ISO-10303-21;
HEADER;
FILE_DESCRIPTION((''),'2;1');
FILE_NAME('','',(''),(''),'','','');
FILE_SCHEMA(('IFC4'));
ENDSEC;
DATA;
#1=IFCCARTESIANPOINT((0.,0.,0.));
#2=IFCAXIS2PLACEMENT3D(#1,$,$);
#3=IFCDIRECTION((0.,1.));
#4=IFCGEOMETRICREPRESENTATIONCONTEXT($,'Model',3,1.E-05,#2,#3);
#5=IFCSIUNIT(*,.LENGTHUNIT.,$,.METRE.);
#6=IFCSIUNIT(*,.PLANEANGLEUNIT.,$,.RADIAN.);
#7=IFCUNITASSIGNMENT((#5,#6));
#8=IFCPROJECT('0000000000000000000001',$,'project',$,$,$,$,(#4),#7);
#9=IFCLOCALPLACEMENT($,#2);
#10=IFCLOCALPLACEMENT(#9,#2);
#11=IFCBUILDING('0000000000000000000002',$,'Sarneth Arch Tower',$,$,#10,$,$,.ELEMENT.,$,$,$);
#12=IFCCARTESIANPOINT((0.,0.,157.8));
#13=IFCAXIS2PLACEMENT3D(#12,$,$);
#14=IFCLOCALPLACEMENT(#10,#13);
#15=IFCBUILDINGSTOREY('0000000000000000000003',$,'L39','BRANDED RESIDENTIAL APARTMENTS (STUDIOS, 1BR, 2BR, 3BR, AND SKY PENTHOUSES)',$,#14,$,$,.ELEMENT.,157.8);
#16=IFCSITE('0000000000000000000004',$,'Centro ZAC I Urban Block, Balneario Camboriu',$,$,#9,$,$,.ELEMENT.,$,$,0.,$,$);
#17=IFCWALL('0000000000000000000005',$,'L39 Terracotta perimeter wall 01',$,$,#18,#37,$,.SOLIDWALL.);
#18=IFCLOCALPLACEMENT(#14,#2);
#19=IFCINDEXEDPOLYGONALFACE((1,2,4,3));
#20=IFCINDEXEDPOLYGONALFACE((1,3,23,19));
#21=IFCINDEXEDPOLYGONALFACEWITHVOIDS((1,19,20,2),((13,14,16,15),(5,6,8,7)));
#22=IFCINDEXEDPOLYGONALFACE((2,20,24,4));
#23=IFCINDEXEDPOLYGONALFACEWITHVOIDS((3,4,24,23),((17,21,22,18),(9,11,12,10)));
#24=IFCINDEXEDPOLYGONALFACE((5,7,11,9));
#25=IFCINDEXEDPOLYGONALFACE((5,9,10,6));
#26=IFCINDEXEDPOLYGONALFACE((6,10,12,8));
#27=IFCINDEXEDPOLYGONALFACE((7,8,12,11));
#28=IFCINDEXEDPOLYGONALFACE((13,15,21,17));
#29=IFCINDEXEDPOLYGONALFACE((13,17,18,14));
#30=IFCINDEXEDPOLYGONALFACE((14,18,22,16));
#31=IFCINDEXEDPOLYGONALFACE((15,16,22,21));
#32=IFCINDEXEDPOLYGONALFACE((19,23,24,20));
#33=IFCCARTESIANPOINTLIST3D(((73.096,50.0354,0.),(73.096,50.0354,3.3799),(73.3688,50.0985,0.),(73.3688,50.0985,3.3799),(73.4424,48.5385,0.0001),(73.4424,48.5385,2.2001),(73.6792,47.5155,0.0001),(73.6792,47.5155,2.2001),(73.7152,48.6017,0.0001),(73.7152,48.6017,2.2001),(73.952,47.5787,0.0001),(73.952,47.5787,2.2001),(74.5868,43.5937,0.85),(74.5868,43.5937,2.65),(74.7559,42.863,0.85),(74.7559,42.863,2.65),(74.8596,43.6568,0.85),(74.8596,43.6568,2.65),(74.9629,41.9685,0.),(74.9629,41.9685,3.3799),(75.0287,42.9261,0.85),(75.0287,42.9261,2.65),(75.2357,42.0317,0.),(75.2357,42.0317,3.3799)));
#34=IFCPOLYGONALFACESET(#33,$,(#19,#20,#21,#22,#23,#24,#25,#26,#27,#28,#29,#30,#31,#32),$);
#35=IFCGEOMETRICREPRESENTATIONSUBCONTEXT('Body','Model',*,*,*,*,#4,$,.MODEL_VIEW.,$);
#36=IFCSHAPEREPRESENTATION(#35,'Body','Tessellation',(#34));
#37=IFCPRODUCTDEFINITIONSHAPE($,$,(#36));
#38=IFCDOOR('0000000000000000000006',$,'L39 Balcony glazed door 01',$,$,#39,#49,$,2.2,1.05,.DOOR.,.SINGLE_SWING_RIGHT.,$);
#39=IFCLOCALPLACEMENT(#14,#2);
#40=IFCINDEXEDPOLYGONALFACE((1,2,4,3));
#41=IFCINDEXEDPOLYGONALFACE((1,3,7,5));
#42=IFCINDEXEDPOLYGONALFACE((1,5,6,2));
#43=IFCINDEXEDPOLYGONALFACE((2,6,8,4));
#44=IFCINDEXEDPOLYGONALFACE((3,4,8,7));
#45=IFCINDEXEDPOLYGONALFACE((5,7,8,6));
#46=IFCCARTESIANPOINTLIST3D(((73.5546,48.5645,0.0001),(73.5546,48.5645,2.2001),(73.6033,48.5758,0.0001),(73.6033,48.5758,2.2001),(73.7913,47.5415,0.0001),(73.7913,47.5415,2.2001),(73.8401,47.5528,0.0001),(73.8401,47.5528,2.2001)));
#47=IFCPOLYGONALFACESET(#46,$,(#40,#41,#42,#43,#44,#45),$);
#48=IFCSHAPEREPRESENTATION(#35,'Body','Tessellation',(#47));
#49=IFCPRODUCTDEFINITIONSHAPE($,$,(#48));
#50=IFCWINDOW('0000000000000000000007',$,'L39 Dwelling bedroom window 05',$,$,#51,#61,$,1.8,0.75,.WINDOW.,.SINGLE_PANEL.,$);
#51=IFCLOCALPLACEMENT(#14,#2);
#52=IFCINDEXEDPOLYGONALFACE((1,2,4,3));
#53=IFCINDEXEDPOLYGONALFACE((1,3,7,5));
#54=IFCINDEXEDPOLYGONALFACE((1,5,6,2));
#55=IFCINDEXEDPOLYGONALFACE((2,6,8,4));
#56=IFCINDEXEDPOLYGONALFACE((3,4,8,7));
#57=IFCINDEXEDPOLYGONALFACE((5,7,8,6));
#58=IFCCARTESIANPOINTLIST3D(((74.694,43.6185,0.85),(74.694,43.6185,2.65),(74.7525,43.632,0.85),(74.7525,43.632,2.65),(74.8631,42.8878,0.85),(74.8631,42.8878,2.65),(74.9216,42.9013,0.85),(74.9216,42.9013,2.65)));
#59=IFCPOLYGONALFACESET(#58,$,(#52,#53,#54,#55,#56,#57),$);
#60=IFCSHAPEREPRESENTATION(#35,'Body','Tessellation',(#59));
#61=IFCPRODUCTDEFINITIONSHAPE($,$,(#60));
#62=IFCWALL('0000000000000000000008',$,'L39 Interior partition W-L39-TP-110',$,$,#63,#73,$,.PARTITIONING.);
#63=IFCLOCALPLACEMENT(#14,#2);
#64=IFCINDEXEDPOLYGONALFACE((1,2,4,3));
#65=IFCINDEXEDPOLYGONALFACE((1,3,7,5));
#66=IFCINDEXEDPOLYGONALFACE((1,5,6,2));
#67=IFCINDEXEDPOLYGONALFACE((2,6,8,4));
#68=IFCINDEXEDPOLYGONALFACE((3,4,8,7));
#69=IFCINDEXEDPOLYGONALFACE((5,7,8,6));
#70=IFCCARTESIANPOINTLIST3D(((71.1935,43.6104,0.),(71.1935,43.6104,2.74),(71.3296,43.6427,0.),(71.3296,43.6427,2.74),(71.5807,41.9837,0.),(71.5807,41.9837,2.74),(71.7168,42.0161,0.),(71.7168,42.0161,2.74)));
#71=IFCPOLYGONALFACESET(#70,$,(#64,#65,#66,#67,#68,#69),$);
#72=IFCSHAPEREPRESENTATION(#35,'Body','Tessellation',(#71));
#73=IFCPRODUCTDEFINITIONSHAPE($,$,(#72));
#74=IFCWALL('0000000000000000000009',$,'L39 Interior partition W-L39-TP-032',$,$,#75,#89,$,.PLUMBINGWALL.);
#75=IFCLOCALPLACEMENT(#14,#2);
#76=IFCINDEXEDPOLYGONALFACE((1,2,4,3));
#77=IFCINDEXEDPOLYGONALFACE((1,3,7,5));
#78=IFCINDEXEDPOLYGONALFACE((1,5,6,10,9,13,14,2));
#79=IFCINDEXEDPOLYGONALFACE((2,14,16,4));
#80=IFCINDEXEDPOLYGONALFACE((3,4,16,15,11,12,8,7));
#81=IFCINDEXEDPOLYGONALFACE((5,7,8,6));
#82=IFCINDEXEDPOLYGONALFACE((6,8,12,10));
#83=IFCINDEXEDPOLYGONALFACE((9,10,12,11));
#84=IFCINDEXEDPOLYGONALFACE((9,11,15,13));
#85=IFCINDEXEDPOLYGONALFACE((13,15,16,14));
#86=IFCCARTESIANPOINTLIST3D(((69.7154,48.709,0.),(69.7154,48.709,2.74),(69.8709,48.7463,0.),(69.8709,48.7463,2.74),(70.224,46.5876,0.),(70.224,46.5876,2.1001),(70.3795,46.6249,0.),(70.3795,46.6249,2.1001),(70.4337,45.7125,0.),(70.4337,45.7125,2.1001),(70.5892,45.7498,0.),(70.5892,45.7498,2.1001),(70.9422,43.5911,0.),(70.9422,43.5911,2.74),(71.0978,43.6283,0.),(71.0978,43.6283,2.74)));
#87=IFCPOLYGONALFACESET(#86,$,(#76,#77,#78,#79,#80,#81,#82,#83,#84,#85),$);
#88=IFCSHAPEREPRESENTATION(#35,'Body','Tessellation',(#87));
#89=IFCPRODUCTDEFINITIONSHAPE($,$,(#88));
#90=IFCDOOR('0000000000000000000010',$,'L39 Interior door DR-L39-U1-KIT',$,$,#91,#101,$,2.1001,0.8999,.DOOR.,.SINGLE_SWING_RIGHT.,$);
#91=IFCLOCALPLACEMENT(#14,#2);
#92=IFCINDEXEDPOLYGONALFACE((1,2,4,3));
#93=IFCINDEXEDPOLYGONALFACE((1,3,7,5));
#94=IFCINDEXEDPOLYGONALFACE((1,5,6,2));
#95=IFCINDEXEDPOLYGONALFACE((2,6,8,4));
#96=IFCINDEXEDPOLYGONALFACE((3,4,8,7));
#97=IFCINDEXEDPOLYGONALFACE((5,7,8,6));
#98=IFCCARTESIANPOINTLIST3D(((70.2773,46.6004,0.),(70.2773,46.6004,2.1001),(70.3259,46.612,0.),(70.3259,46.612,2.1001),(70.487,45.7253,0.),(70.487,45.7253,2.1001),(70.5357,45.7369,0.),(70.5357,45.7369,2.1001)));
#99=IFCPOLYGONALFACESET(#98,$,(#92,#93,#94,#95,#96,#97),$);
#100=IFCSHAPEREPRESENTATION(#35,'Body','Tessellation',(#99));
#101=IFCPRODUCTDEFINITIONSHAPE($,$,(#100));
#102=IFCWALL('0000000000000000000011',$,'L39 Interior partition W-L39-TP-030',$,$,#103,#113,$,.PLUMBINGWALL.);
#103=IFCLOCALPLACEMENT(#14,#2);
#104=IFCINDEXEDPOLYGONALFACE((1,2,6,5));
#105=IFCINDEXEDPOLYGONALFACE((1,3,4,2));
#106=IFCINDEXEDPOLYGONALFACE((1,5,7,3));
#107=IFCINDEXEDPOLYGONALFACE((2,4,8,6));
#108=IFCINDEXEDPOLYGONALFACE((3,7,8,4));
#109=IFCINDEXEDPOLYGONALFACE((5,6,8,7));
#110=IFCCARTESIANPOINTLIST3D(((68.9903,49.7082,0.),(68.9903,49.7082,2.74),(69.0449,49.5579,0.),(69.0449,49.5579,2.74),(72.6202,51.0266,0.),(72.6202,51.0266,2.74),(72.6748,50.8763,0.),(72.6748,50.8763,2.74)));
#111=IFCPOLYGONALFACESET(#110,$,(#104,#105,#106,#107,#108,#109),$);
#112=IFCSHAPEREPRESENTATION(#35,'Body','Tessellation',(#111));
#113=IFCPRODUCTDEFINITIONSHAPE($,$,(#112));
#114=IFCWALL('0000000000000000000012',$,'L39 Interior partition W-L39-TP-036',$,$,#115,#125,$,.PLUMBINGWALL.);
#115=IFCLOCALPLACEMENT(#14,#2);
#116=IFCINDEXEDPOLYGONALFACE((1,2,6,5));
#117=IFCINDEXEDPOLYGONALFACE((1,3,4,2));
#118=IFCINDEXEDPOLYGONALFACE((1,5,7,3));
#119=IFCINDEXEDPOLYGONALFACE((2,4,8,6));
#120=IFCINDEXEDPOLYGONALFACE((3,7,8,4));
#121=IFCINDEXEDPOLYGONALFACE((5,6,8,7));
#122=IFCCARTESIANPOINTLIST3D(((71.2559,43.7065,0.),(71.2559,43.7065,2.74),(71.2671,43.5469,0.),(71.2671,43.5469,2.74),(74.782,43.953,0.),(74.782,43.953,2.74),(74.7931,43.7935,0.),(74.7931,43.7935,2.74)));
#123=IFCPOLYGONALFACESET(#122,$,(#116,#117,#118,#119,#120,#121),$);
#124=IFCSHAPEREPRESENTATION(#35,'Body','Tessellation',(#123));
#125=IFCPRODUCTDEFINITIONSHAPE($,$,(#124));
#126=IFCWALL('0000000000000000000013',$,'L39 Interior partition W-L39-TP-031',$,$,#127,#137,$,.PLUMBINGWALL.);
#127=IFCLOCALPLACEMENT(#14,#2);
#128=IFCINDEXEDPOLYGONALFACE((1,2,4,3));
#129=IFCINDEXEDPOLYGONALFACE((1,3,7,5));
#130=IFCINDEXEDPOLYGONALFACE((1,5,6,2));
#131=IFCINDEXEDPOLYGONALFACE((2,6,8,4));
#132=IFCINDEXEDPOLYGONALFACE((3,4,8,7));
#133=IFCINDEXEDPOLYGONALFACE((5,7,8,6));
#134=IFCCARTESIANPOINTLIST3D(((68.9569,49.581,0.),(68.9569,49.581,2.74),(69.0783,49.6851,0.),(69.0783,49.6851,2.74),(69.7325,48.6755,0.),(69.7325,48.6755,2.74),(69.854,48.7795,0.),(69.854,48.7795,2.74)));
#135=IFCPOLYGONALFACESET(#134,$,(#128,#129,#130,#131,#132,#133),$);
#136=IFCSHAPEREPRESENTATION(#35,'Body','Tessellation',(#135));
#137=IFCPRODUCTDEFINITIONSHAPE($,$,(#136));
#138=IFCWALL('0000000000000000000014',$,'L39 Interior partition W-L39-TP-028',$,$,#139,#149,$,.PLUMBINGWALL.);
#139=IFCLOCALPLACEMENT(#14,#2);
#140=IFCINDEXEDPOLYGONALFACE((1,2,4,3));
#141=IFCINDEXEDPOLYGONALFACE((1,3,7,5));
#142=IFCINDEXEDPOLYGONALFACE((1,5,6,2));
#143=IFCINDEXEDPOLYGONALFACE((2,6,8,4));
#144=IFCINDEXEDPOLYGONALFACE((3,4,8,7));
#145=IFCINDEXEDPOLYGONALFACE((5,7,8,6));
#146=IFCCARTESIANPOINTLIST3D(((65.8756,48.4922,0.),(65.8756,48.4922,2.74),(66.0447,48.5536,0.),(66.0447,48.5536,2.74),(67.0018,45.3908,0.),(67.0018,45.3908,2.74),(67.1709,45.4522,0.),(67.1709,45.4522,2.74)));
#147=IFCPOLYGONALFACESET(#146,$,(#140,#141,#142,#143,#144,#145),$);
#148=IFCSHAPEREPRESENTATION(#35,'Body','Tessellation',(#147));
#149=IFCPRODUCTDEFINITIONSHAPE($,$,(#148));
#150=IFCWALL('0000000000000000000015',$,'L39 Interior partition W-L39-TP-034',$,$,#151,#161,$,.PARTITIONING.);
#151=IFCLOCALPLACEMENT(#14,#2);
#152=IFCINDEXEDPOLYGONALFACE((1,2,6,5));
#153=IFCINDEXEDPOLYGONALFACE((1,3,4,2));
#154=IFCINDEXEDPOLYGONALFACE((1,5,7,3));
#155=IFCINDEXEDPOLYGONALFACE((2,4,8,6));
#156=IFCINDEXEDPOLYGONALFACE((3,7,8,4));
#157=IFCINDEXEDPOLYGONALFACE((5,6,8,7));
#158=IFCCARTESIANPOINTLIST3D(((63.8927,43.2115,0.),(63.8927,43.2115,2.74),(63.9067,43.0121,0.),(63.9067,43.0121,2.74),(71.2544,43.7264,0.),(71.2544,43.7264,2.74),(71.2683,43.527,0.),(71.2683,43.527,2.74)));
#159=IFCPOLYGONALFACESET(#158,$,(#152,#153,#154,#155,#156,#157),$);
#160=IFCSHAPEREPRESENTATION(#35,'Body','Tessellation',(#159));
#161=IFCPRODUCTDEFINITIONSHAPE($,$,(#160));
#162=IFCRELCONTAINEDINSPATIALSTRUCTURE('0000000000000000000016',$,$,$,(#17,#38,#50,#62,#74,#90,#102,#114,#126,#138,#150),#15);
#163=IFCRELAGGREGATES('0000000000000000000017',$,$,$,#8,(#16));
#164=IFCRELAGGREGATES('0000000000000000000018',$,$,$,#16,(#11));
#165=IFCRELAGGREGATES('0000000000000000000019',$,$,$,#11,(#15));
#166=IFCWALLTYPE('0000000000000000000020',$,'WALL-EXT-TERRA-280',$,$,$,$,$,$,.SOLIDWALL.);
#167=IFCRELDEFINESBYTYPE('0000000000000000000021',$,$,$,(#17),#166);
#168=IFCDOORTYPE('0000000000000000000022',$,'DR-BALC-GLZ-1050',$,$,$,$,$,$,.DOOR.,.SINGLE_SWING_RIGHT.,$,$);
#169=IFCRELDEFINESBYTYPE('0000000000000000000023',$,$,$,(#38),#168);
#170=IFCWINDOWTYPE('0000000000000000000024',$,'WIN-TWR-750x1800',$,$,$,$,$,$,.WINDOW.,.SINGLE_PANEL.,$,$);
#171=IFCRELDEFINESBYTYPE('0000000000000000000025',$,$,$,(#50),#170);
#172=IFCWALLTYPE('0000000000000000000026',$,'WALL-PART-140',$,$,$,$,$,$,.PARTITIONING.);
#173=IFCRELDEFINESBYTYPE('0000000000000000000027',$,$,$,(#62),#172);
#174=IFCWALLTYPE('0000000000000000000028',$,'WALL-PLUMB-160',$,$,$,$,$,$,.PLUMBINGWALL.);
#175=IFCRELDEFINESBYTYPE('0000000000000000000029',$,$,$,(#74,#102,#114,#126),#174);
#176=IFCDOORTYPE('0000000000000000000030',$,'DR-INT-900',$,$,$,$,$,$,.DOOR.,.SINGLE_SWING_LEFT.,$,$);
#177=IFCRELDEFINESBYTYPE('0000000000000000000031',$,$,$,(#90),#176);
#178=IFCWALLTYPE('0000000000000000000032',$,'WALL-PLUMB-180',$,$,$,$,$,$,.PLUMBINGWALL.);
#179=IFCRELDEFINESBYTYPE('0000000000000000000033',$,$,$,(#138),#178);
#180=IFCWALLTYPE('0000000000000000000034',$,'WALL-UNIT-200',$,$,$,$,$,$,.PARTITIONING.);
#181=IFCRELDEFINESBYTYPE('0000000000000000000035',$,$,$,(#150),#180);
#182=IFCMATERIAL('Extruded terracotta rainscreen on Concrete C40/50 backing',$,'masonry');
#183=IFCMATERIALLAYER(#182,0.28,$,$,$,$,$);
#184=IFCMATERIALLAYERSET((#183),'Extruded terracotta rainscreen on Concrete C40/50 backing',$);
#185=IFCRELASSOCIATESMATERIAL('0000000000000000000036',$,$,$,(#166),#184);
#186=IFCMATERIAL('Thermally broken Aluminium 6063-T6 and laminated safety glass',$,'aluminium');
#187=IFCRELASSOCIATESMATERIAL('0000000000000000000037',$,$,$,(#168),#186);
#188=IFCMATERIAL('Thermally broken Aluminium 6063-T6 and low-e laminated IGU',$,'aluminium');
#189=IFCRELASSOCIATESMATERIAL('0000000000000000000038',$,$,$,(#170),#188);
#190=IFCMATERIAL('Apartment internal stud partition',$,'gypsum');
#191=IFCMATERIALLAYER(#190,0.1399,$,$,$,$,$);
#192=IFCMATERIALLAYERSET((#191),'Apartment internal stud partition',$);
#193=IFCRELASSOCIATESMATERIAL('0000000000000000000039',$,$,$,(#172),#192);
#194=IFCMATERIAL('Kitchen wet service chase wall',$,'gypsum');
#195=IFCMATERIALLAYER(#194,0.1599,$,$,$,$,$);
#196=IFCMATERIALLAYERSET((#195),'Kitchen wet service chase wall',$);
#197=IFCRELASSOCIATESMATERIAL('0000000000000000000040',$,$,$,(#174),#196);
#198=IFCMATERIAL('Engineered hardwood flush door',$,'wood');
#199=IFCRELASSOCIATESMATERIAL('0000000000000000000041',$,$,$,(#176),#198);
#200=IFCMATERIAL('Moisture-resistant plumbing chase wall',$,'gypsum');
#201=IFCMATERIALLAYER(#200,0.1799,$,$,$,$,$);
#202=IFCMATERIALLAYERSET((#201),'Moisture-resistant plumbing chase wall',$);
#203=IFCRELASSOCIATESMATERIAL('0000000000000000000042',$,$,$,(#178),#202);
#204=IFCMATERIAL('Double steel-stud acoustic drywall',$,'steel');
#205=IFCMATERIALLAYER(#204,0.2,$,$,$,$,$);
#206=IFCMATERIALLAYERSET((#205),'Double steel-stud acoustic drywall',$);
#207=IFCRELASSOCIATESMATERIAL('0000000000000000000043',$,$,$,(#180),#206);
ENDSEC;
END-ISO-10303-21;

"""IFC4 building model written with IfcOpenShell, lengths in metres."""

from ifc_helpers import new_model, si_unit, direction, frame, frame_2d, origin, place, context, subcontext, project, spatial, rectangle, extrude, material, layer, layer_set, type_object, element, fill, save


model = new_model("IFC4")

# Units and contexts
model_context = context("Model", 3, precision=1e-05, world=origin(), true_north=direction((0.0, 1.0)))
body_context = subcontext(model_context, "Body", "Model", "MODEL_VIEW")
ifc_project = project(units=[si_unit("LENGTHUNIT", "METRE"), si_unit("PLANEANGLEUNIT", "RADIAN")], contexts=[model_context])

# Site, building, storey
site_placement = place(None, origin())
site = spatial("IfcSite", under=ifc_project, at=site_placement, Name="Centro ZAC I Urban Block, Balneario Camboriu", CompositionType="ELEMENT", RefElevation=0.0)
building_placement = place(site_placement, origin())
building = spatial("IfcBuilding", under=site, at=building_placement, Name="Sarneth Arch Tower", CompositionType="ELEMENT")
storey_placement = place(building_placement, frame((0.0, 0.0, 157.8)))
storey = spatial("IfcBuildingStorey", under=building, at=storey_placement, Name="L39", Description="BRANDED RESIDENTIAL APARTMENTS (STUDIOS, 1BR, 2BR, 3BR, AND SKY PENTHOUSES)", CompositionType="ELEMENT", Elevation=157.8)

# Wall, openings, door, window
ifc_material_1 = material(Name="Extruded terracotta rainscreen on Concrete C40/50 backing", Category="masonry")
ifc_layer_1 = layer(ifc_material_1, 0.28)
ifc_layer_set_1 = layer_set([ifc_layer_1], Name="Extruded terracotta rainscreen on Concrete C40/50 backing")
wall_type_1 = type_object("IfcWallType", Name="WALL-EXT-TERRA-280", PredefinedType="SOLIDWALL", material=ifc_layer_set_1)
wall_1_placement = place(storey_placement, frame((75.0994, 42.0, 0.0), z_axis=(0.0, 0.0, 1.0), x_axis=(-0.225473, 0.974249, 0.0)))
wall_1 = element("IfcWall", 1, at=wall_1_placement, inside=storey, type_object=wall_type_1, Name="L39 Terracotta perimeter wall 01", PredefinedType="SOLIDWALL", context=body_context, shape_type="SweptSolid", body=[
    extrude(rectangle(XDim=8.28, YDim=0.28, at=frame_2d((4.1401, 0.0))), origin(), (0.0, 0.0, 1.0), 3.3799),
])
opening_1_placement = place(wall_1_placement, frame((5.6938, 0.0, 0.0)))
opening_1 = element("IfcOpeningElement", 2, at=opening_1_placement, cuts=wall_1, PredefinedType="OPENING", context=body_context, shape_type="SweptSolid", body=[
    extrude(rectangle(XDim=1.05, YDim=2.2, at=frame_2d((0.5249, 1.1001))), frame((0.0, 0.1499, 0.0), z_axis=(0.0, -1.0, 0.0), x_axis=(1.0, 0.0, 0.0)), (0.0, 0.0, 1.0), 0.3),
])
opening_2_placement = place(wall_1_placement, frame((0.9182, 0.0, 0.8501)))
opening_2 = element("IfcOpeningElement", 3, at=opening_2_placement, cuts=wall_1, PredefinedType="OPENING", context=body_context, shape_type="SweptSolid", body=[
    extrude(rectangle(XDim=0.75, YDim=1.8, at=frame_2d((0.375, 0.8999))), frame((0.0, 0.1499, 0.0), z_axis=(0.0, -1.0, 0.0), x_axis=(1.0, 0.0, 0.0)), (0.0, 0.0, 1.0), 0.3),
])
ifc_material_2 = material(Name="Thermally broken Aluminium 6063-T6 and laminated safety glass", Category="aluminium")
door_type_1 = type_object("IfcDoorType", Name="DR-BALC-GLZ-1050", OperationType="SINGLE_SWING_RIGHT", PredefinedType="DOOR", material=ifc_material_2)
door_1_placement = place(opening_1_placement, origin())
door_1 = element("IfcDoor", 4, at=door_1_placement, inside=storey, type_object=door_type_1, Name="L39 Balcony glazed door 01", OperationType="SINGLE_SWING_RIGHT", OverallHeight=2.2, OverallWidth=1.05, PredefinedType="DOOR", context=body_context, shape_type="SweptSolid", body=[
    extrude(rectangle(XDim=1.05, YDim=2.2, at=frame_2d((0.5249, 1.1001))), frame((0.0, 0.0249, 0.0), z_axis=(0.0, -1.0, 0.0), x_axis=(1.0, 0.0, 0.0)), (0.0, 0.0, 1.0), 0.05),
])
fill(opening_1, door_1)
ifc_material_3 = material(Name="Thermally broken Aluminium 6063-T6 and low-e laminated IGU", Category="aluminium")
window_type = type_object("IfcWindowType", Name="WIN-TWR-750x1800", PartitioningType="SINGLE_PANEL", PredefinedType="WINDOW", material=ifc_material_3)
window_placement = place(opening_2_placement, origin())
window = element("IfcWindow", 5, at=window_placement, inside=storey, type_object=window_type, Name="L39 Dwelling bedroom window 05", OverallHeight=1.8, OverallWidth=0.75, PartitioningType="SINGLE_PANEL", PredefinedType="WINDOW", context=body_context, shape_type="SweptSolid", body=[
    extrude(rectangle(XDim=0.75, YDim=1.8, at=frame_2d((0.375, 0.8999))), frame((0.0, 0.03, 0.0), z_axis=(0.0, -1.0, 0.0), x_axis=(1.0, 0.0, 0.0)), (0.0, 0.0, 1.0), 0.0601),
])
fill(opening_2, window)

# Wall
ifc_material_4 = material(Name="Apartment internal stud partition", Category="gypsum")
ifc_layer_2 = layer(ifc_material_4, 0.1399)
ifc_layer_set_2 = layer_set([ifc_layer_2], Name="Apartment internal stud partition")
wall_type_2 = type_object("IfcWallType", Name="WALL-PART-140", PredefinedType="PARTITIONING", material=ifc_layer_set_2)
wall_2_placement = place(storey_placement, frame((71.6487, 42.0, 0.0), z_axis=(0.0, 0.0, 1.0), x_axis=(-0.231561, 0.97282, 0.0)))
element("IfcWall", 6, at=wall_2_placement, inside=storey, type_object=wall_type_2, Name="L39 Interior partition W-L39-TP-110", PredefinedType="PARTITIONING", context=body_context, shape_type="SweptSolid", body=[
    extrude(rectangle(XDim=1.6721, YDim=0.1399, at=frame_2d((0.8359, 0.0))), origin(), (0.0, 0.0, 1.0), 2.74),
])

# Wall, opening, door
ifc_material_5 = material(Name="Kitchen wet service chase wall", Category="gypsum")
ifc_layer_3 = layer(ifc_material_5, 0.1599)
ifc_layer_set_3 = layer_set([ifc_layer_3], Name="Kitchen wet service chase wall")
wall_type_3 = type_object("IfcWallType", Name="WALL-PLUMB-160", PredefinedType="PLUMBINGWALL", material=ifc_layer_set_3)
wall_3_placement = place(storey_placement, frame((69.7932, 48.7275, 0.0), z_axis=(0.0, 0.0, 1.0), x_axis=(0.233105, -0.972452, 0.0)))
wall_3 = element("IfcWall", 7, at=wall_3_placement, inside=storey, type_object=wall_type_3, Name="L39 Interior partition W-L39-TP-032", PredefinedType="PLUMBINGWALL", context=body_context, shape_type="SweptSolid", body=[
    extrude(rectangle(XDim=5.2629, YDim=0.1599, at=frame_2d((2.6313, 0.0))), origin(), (0.0, 0.0, 1.0), 2.74),
])
opening_3_placement = place(wall_3_placement, frame((2.1814, 0.0, 0.0)))
opening_3 = element("IfcOpeningElement", 8, at=opening_3_placement, cuts=wall_3, PredefinedType="OPENING", context=body_context, shape_type="SweptSolid", body=[
    extrude(rectangle(XDim=0.8999, YDim=2.1001, at=frame_2d((0.45, 1.05))), frame((0.0, 0.0898, 0.0), z_axis=(0.0, -1.0, 0.0), x_axis=(1.0, 0.0, 0.0)), (0.0, 0.0, 1.0), 0.1799),
])
ifc_material_6 = material(Name="Engineered hardwood flush door", Category="wood")
door_type_2 = type_object("IfcDoorType", Name="DR-INT-900", OperationType="SINGLE_SWING_LEFT", PredefinedType="DOOR", material=ifc_material_6)
door_2_placement = place(opening_3_placement, origin())
door_2 = element("IfcDoor", 9, at=door_2_placement, inside=storey, type_object=door_type_2, Name="L39 Interior door DR-L39-U1-KIT", OperationType="SINGLE_SWING_RIGHT", OverallHeight=2.1001, OverallWidth=0.8999, PredefinedType="DOOR", context=body_context, shape_type="SweptSolid", body=[
    extrude(rectangle(XDim=0.8999, YDim=2.1001, at=frame_2d((0.45, 1.05))), frame((0.0, 0.0249, 0.0), z_axis=(0.0, -1.0, 0.0), x_axis=(1.0, 0.0, 0.0)), (0.0, 0.0, 1.0), 0.05),
])
fill(opening_3, door_2)

# Walls
wall_4_placement = place(storey_placement, frame((72.6475, 50.9514, 0.0), z_axis=(0.0, 0.0, 1.0), x_axis=(-0.939926, -0.341378, 0.0)))
element("IfcWall", 10, at=wall_4_placement, inside=storey, type_object=wall_type_3, Name="L39 Interior partition W-L39-TP-030", PredefinedType="PLUMBINGWALL", context=body_context, shape_type="SweptSolid", body=[
    extrude(rectangle(XDim=3.8618, YDim=0.1599, at=frame_2d((1.9309, 0.0))), origin(), (0.0, 0.0, 1.0), 2.74),
])
wall_5_placement = place(storey_placement, frame((71.2615, 43.6267, 0.0), z_axis=(0.0, 0.0, 1.0), x_axis=(0.997564, 0.06976, 0.0)))
element("IfcWall", 11, at=wall_5_placement, inside=storey, type_object=wall_type_3, Name="L39 Interior partition W-L39-TP-036", PredefinedType="PLUMBINGWALL", context=body_context, shape_type="SweptSolid", body=[
    extrude(rectangle(XDim=3.5347, YDim=0.1599, at=frame_2d((1.7673, 0.0))), origin(), (0.0, 0.0, 1.0), 2.74),
])
wall_6_placement = place(storey_placement, frame((69.0176, 49.6331, 0.0), z_axis=(0.0, 0.0, 1.0), x_axis=(0.650538, -0.759473, 0.0)))
element("IfcWall", 12, at=wall_6_placement, inside=storey, type_object=wall_type_3, Name="L39 Interior partition W-L39-TP-031", PredefinedType="PLUMBINGWALL", context=body_context, shape_type="SweptSolid", body=[
    extrude(rectangle(XDim=1.1924, YDim=0.1599, at=frame_2d((0.5962, 0.0))), origin(), (0.0, 0.0, 1.0), 2.74),
])
ifc_material_7 = material(Name="Moisture-resistant plumbing chase wall", Category="gypsum")
ifc_layer_4 = layer(ifc_material_7, 0.1799)
ifc_layer_set_4 = layer_set([ifc_layer_4], Name="Moisture-resistant plumbing chase wall")
wall_type_4 = type_object("IfcWallType", Name="WALL-PLUMB-180", PredefinedType="PLUMBINGWALL", material=ifc_layer_set_4)
wall_7_placement = place(storey_placement, frame((67.0864, 45.4214, 0.0), z_axis=(0.0, 0.0, 1.0), x_axis=(-0.341333, 0.939942, 0.0)))
element("IfcWall", 13, at=wall_7_placement, inside=storey, type_object=wall_type_4, Name="L39 Interior partition W-L39-TP-028", PredefinedType="PLUMBINGWALL", context=body_context, shape_type="SweptSolid", body=[
    extrude(rectangle(XDim=3.2996, YDim=0.1799, at=frame_2d((1.6499, 0.0))), origin(), (0.0, 0.0, 1.0), 2.74),
])
ifc_material_8 = material(Name="Double steel-stud acoustic drywall", Category="steel")
ifc_layer_5 = layer(ifc_material_8, 0.2)
ifc_layer_set_5 = layer_set([ifc_layer_5], Name="Double steel-stud acoustic drywall")
wall_type_5 = type_object("IfcWallType", Name="WALL-UNIT-200", PredefinedType="PARTITIONING", material=ifc_layer_set_5)
wall_8_placement = place(storey_placement, frame((71.2615, 43.6267, 0.0), z_axis=(0.0, 0.0, 1.0), x_axis=(-0.997563, -0.069773, 0.0)))
element("IfcWall", 14, at=wall_8_placement, inside=storey, type_object=wall_type_5, Name="L39 Interior partition W-L39-TP-034", PredefinedType="PARTITIONING", context=body_context, shape_type="SweptSolid", body=[
    extrude(rectangle(XDim=7.3796, YDim=0.2, at=frame_2d((3.6899, 0.0))), origin(), (0.0, 0.0, 1.0), 2.74),
])

save(model, "model.ifc")
